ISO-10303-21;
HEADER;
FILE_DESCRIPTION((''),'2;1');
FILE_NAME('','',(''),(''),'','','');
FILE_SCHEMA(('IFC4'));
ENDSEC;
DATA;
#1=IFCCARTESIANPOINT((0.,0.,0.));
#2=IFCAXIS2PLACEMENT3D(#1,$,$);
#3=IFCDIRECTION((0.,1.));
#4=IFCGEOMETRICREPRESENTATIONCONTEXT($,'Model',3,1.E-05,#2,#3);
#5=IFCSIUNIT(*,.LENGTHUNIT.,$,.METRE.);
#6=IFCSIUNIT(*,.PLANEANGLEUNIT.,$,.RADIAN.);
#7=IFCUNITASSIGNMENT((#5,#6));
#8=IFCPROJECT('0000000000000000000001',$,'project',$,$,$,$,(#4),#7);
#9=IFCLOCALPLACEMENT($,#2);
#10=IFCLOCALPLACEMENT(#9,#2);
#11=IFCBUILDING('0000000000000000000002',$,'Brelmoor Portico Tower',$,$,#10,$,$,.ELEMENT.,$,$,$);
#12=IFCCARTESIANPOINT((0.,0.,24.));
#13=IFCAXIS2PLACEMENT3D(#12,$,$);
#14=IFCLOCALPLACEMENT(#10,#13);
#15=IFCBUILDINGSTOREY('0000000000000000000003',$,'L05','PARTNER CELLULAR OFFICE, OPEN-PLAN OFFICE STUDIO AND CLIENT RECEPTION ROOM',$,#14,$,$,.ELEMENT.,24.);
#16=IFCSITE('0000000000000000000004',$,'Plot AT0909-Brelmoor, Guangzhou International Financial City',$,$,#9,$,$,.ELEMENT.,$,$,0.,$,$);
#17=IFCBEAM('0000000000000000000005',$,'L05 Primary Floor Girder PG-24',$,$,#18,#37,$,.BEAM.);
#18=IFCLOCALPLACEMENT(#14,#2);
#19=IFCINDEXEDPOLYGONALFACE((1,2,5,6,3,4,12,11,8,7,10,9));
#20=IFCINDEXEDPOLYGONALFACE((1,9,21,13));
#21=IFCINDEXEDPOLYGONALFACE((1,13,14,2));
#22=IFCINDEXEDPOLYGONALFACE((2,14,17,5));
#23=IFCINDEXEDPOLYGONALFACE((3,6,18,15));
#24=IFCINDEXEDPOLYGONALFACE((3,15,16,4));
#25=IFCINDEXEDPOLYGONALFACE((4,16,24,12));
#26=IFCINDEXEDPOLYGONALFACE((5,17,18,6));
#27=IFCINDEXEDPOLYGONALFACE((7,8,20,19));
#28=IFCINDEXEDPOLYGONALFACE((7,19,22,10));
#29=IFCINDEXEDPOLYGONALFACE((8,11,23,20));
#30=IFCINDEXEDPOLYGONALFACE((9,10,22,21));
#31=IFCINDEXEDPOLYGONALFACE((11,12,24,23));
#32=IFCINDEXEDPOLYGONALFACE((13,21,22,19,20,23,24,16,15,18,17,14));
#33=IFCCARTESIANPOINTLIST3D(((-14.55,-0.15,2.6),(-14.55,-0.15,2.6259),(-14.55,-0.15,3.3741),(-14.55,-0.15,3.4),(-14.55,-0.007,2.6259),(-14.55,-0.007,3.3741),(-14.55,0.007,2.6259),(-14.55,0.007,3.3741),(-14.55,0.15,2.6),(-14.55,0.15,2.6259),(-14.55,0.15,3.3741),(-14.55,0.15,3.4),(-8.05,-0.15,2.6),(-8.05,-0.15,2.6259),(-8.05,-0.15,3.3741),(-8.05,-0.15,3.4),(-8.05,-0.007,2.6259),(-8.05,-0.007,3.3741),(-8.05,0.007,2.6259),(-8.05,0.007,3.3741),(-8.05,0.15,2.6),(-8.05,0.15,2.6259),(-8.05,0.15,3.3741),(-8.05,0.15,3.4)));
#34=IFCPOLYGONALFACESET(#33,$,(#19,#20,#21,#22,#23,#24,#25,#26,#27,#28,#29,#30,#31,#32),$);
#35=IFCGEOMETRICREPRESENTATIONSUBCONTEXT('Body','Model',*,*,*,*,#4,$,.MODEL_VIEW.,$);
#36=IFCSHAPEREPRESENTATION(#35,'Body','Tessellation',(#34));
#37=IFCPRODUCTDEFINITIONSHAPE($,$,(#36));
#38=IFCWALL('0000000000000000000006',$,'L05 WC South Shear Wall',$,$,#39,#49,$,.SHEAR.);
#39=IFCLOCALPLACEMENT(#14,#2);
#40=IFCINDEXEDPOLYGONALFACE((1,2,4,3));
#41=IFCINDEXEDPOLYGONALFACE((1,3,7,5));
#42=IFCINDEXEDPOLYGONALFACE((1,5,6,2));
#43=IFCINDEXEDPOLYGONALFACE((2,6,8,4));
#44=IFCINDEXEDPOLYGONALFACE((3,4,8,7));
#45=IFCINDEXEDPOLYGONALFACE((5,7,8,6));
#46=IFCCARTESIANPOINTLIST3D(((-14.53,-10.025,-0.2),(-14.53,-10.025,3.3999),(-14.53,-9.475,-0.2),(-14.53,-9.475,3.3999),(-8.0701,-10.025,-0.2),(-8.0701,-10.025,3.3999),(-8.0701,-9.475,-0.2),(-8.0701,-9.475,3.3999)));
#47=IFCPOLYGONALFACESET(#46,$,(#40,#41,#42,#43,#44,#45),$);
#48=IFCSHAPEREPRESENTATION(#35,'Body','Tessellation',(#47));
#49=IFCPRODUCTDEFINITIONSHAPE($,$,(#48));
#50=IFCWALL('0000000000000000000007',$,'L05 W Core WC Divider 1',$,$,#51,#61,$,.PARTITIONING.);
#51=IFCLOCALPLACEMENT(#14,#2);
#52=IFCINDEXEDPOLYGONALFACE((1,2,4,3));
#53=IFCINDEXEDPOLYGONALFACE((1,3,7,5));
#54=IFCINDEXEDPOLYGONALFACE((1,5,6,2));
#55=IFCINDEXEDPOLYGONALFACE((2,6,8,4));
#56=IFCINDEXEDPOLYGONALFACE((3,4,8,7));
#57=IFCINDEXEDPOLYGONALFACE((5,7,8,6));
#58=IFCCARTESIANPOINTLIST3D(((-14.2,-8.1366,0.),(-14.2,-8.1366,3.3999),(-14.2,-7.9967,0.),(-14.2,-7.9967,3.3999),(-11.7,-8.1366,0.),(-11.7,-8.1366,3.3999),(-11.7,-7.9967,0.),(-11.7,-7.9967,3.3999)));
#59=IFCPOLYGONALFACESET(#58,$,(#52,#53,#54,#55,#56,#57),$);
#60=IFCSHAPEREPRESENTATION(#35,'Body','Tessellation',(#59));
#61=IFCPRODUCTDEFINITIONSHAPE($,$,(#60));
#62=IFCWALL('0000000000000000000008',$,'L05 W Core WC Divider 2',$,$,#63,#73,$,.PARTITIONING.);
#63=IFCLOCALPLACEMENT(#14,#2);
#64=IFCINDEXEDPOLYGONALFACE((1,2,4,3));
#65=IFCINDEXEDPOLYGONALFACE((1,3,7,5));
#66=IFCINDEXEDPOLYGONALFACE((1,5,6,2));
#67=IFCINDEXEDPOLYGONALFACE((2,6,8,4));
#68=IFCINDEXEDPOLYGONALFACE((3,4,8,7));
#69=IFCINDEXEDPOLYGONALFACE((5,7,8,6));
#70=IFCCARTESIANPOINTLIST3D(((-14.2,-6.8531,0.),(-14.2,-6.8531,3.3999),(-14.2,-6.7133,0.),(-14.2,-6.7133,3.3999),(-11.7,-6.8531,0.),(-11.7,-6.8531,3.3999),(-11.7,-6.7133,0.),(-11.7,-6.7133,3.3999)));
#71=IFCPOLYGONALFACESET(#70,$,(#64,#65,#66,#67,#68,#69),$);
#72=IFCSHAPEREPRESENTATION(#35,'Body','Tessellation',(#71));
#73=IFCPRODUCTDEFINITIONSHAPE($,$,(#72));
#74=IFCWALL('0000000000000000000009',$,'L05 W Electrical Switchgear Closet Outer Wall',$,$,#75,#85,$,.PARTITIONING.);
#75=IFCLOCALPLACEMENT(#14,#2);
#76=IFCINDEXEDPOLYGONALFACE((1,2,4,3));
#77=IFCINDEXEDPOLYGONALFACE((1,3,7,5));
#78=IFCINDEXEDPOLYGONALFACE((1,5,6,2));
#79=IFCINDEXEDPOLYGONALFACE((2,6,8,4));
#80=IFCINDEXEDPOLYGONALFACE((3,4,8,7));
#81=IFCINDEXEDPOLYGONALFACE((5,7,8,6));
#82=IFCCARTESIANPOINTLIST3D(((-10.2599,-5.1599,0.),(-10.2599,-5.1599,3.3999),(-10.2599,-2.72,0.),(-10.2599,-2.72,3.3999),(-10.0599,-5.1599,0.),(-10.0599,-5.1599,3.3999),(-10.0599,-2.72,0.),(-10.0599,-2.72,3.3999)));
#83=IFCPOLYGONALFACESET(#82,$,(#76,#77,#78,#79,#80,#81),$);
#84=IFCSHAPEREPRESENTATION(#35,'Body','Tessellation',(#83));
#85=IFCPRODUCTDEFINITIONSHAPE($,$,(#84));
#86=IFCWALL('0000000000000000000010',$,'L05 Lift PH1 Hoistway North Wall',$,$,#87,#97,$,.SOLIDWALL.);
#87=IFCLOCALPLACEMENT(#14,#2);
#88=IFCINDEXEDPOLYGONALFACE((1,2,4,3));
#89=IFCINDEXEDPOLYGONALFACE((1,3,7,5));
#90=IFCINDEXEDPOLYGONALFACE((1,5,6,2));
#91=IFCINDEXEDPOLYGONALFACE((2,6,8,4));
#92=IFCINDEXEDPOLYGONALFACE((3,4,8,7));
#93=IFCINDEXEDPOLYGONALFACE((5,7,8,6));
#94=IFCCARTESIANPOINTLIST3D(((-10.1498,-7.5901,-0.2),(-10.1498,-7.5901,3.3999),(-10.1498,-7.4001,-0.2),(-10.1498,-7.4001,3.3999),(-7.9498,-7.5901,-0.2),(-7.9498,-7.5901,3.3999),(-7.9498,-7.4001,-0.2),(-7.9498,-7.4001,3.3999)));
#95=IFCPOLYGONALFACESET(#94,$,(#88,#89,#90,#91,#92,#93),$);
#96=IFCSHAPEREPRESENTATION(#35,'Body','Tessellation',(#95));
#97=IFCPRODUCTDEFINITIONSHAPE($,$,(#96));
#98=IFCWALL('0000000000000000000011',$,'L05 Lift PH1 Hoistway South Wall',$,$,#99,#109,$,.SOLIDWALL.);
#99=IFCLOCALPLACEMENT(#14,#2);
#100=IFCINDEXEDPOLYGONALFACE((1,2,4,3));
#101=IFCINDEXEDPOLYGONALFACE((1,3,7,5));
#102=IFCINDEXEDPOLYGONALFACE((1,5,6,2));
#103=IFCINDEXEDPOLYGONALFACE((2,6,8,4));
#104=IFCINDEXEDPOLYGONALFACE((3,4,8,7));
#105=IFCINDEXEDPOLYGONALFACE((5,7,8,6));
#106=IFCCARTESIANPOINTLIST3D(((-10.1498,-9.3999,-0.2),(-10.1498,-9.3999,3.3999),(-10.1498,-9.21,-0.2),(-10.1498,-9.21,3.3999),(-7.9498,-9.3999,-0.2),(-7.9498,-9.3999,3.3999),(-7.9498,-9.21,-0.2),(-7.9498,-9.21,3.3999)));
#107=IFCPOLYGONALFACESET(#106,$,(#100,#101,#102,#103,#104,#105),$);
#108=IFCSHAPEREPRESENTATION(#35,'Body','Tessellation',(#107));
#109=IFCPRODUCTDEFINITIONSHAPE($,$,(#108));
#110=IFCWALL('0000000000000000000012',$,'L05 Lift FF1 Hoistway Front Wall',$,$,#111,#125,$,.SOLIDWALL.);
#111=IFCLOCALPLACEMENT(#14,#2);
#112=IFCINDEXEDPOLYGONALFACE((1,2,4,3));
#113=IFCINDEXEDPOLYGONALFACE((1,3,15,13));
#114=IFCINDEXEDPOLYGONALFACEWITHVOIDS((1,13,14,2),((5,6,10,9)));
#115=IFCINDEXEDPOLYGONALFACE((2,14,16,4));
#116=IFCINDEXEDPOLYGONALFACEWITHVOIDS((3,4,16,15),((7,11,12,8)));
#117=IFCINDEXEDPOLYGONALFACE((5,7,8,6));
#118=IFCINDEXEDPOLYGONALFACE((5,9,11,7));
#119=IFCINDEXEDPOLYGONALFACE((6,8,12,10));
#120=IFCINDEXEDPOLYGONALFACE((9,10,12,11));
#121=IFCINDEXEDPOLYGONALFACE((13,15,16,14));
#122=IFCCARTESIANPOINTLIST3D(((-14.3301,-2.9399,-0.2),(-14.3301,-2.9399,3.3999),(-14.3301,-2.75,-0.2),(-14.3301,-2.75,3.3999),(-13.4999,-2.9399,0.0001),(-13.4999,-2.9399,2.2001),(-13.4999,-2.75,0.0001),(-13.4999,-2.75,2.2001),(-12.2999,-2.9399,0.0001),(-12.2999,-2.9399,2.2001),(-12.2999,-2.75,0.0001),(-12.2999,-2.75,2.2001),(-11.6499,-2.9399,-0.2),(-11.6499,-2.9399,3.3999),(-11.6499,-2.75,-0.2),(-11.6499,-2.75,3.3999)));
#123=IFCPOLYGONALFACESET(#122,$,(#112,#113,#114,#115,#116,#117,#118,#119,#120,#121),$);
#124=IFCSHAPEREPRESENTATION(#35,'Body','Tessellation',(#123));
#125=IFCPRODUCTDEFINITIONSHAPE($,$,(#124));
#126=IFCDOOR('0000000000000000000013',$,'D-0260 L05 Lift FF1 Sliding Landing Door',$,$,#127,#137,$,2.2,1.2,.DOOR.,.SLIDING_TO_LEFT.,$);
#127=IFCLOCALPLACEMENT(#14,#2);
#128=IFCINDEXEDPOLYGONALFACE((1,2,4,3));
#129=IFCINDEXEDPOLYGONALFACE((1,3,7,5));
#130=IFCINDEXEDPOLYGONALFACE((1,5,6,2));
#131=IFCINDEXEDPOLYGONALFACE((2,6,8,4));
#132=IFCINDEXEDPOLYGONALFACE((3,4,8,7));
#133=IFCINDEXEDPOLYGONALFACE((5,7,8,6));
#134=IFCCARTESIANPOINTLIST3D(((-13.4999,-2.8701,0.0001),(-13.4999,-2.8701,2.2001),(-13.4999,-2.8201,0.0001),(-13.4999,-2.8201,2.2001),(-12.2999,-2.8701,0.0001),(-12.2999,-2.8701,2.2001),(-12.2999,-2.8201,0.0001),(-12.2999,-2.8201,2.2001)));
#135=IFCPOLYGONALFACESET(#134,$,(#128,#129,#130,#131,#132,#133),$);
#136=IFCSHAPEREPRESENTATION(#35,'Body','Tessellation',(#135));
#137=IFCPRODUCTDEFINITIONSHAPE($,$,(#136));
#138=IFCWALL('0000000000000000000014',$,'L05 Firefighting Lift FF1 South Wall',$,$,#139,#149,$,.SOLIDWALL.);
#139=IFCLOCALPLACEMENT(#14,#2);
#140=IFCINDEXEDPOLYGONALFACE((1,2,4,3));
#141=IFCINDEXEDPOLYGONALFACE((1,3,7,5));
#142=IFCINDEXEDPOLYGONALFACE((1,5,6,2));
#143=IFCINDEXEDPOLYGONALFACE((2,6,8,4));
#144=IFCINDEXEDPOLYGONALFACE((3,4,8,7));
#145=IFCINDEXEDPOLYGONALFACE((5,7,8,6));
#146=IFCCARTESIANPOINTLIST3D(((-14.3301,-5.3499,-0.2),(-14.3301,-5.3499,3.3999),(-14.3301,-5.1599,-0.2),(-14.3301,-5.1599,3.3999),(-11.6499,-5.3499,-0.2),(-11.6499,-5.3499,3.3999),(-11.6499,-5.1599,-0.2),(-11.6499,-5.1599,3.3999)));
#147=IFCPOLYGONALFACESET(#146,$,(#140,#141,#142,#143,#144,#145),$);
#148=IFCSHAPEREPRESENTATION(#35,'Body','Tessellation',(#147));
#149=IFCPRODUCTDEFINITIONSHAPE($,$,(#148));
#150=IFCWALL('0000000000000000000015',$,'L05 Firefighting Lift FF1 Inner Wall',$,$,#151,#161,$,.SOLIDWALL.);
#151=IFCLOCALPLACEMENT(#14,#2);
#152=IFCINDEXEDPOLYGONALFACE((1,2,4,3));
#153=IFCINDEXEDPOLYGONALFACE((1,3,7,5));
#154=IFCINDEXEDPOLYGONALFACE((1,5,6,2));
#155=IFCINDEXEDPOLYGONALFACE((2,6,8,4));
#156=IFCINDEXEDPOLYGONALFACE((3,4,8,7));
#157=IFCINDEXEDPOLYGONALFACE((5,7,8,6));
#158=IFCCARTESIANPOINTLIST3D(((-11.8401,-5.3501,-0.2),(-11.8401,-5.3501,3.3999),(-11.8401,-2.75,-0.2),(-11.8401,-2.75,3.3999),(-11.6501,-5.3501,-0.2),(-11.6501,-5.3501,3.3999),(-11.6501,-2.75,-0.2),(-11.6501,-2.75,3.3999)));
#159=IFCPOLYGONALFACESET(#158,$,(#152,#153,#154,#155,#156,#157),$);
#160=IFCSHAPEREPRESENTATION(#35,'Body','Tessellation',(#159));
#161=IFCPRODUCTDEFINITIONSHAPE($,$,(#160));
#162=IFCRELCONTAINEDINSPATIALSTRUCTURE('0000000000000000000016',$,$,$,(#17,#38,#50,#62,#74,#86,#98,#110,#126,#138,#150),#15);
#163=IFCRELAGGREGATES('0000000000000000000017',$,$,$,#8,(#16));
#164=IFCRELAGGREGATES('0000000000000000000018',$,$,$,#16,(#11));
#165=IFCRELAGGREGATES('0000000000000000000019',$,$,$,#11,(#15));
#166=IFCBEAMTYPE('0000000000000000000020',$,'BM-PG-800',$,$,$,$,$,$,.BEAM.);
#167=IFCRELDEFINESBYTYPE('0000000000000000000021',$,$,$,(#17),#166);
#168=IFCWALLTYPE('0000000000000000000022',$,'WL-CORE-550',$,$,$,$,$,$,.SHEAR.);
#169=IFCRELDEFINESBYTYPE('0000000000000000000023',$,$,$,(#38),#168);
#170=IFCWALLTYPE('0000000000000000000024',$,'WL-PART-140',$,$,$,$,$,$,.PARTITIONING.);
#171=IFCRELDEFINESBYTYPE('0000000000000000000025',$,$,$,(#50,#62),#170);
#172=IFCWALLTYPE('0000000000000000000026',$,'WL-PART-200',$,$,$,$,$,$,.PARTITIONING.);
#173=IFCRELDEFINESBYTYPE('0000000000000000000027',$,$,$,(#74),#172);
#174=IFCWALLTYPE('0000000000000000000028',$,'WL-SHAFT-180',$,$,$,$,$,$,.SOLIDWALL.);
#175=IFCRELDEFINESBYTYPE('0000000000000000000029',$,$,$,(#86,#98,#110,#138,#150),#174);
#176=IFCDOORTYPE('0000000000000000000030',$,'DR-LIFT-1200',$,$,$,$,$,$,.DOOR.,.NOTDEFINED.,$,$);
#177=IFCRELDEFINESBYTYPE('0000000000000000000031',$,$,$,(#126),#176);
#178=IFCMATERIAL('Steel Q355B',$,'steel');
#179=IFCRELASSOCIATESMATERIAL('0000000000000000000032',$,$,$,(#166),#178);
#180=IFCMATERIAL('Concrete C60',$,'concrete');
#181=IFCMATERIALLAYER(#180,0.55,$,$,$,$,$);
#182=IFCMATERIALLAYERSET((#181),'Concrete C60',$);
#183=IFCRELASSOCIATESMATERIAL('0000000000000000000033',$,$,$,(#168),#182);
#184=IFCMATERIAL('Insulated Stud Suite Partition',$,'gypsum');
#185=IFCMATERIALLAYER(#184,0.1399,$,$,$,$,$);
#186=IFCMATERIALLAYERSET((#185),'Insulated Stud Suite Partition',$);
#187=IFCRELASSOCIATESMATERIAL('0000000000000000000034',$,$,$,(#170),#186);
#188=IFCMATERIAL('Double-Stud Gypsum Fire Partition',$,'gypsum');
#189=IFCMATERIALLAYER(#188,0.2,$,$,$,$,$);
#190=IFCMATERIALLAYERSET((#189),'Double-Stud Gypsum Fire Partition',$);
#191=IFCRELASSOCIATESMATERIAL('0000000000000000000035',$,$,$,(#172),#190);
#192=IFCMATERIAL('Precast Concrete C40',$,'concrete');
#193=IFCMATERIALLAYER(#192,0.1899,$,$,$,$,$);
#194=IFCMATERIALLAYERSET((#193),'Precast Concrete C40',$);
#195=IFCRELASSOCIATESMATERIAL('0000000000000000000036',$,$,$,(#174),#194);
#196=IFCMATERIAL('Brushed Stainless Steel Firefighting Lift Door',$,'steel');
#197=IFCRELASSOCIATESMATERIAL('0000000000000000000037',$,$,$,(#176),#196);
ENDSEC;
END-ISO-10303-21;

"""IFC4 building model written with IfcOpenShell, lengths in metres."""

from ifc_helpers import new_model, si_unit, direction, frame, frame_2d, origin, origin_2d, place, context, subcontext, project, spatial, rectangle, i_section, extrude, material, layer, layer_set, material_profile, profile_set, type_object, element, fill, save


model = new_model("IFC4")

# Units and contexts
model_context = context("Model", 3, precision=1e-05, world=origin(), true_north=direction((0.0, 1.0)))
body_context = subcontext(model_context, "Body", "Model", "MODEL_VIEW")
ifc_project = project(units=[si_unit("LENGTHUNIT", "METRE"), si_unit("PLANEANGLEUNIT", "RADIAN")], contexts=[model_context])

# Site, building, storey
site_placement = place(None, origin())
site = spatial("IfcSite", under=ifc_project, at=site_placement, Name="Plot AT0909-Brelmoor, Guangzhou International Financial City", CompositionType="ELEMENT", RefElevation=0.0)
building_placement = place(site_placement, origin())
building = spatial("IfcBuilding", under=site, at=building_placement, Name="Brelmoor Portico Tower", CompositionType="ELEMENT")
storey_placement = place(building_placement, frame((0.0, 0.0, 24.0)))
storey = spatial("IfcBuildingStorey", under=building, at=storey_placement, Name="L05", Description="PARTNER CELLULAR OFFICE, OPEN-PLAN OFFICE STUDIO AND CLIENT RECEPTION ROOM", CompositionType="ELEMENT", Elevation=24.0)

# Beam
ifc_material_1 = material(Name="Steel Q355B", Category="steel")
ifc_material_profile = material_profile(ifc_material_1, i_section(OverallWidth=0.3, OverallDepth=0.8, WebThickness=0.0139, FlangeThickness=0.0259, at=origin_2d()), Name="HN 800x300x14x26")
ifc_profile_set = profile_set([ifc_material_profile], Name="Steel Q355B")
beam_type = type_object("IfcBeamType", Name="BM-PG-800", PredefinedType="BEAM", material=ifc_profile_set)
beam_placement = place(storey_placement, frame((-14.55, 0.0, 3.0), z_axis=(1.0, 0.0, 0.0), x_axis=(0.0, 1.0, 0.0)))
element("IfcBeam", 1, at=beam_placement, inside=storey, type_object=beam_type, Name="L05 Primary Floor Girder PG-24", PredefinedType="BEAM", context=body_context, shape_type="SweptSolid", body=[
    extrude(i_section(OverallWidth=0.3, OverallDepth=0.8, WebThickness=0.0139, FlangeThickness=0.0259, at=origin_2d()), origin(), (0.0, 0.0, 1.0), 6.5),
])

# Walls
ifc_material_2 = material(Name="Concrete C60", Category="concrete")
ifc_layer_1 = layer(ifc_material_2, 0.55)
ifc_layer_set_1 = layer_set([ifc_layer_1], Name="Concrete C60")
wall_type_1 = type_object("IfcWallType", Name="WL-CORE-550", PredefinedType="SHEAR", material=ifc_layer_set_1)
wall_1_placement = place(storey_placement, frame((-14.53, -9.75, -0.2), z_axis=(0.0, 0.0, 1.0), x_axis=(1.0, 0.0, 0.0)))
element("IfcWall", 2, at=wall_1_placement, inside=storey, type_object=wall_type_1, Name="L05 WC South Shear Wall", PredefinedType="SHEAR", context=body_context, shape_type="SweptSolid", body=[
    extrude(rectangle(XDim=6.46, YDim=0.55, at=frame_2d((3.23, 0.0))), origin(), (0.0, 0.0, 1.0), 3.5999),
])
ifc_material_3 = material(Name="Insulated Stud Suite Partition", Category="gypsum")
ifc_layer_2 = layer(ifc_material_3, 0.1399)
ifc_layer_set_2 = layer_set([ifc_layer_2], Name="Insulated Stud Suite Partition")
wall_type_2 = type_object("IfcWallType", Name="WL-PART-140", PredefinedType="PARTITIONING", material=ifc_layer_set_2)
for number, where, z_axis, x_axis, name in (
    (3, (-11.7, -8.0667, 0.0), (0.0, 0.0, 1.0), (-1.0, 0.0, 0.0), "L05 W Core WC Divider 1"),
    (4, (-11.7, -6.7832, 0.0), (0.0, 0.0, 1.0), (-1.0, 0.0, 0.0), "L05 W Core WC Divider 2"),
):
    element("IfcWall", number, at=place(storey_placement, frame(where, z_axis=z_axis, x_axis=x_axis)), inside=storey, type_object=wall_type_2, Name=name, PredefinedType="PARTITIONING", context=body_context, shape_type="SweptSolid", body=[
        extrude(rectangle(XDim=2.5, YDim=0.1399, at=frame_2d((1.25, 0.0))), origin(), (0.0, 0.0, 1.0), 3.3999),
    ])

# Shared definitions
ifc_material_4 = material(Name="Double-Stud Gypsum Fire Partition", Category="gypsum")
ifc_layer_3 = layer(ifc_material_4, 0.2)
ifc_layer_set_3 = layer_set([ifc_layer_3], Name="Double-Stud Gypsum Fire Partition")
wall_type_3 = type_object("IfcWallType", Name="WL-PART-200", PredefinedType="PARTITIONING", material=ifc_layer_set_3)

# Walls
wall_2_placement = place(storey_placement, frame((-10.1599, -5.1599, 0.0), z_axis=(0.0, 0.0, 1.0), x_axis=(0.0, 1.0, 0.0)))
element("IfcWall", 5, at=wall_2_placement, inside=storey, type_object=wall_type_3, Name="L05 W Electrical Switchgear Closet Outer Wall", PredefinedType="PARTITIONING", context=body_context, shape_type="SweptSolid", body=[
    extrude(rectangle(XDim=2.4399, YDim=0.2, at=frame_2d((1.22, 0.0))), origin(), (0.0, 0.0, 1.0), 3.3999),
])
ifc_material_5 = material(Name="Precast Concrete C40", Category="concrete")
ifc_layer_4 = layer(ifc_material_5, 0.1899)
ifc_layer_set_4 = layer_set([ifc_layer_4], Name="Precast Concrete C40")
wall_type_4 = type_object("IfcWallType", Name="WL-SHAFT-180", PredefinedType="SOLIDWALL", material=ifc_layer_set_4)
for number, where, z_axis, x_axis, name in (
    (6, (-10.1499, -7.4951, -0.2), (0.0, 0.0, 1.0), (1.0, 0.0, 0.0), "L05 Lift PH1 Hoistway North Wall"),
    (7, (-10.1499, -9.3049, -0.2), (0.0, 0.0, 1.0), (1.0, 0.0, 0.0), "L05 Lift PH1 Hoistway South Wall"),
):
    element("IfcWall", number, at=place(storey_placement, frame(where, z_axis=z_axis, x_axis=x_axis)), inside=storey, type_object=wall_type_4, Name=name, PredefinedType="SOLIDWALL", context=body_context, shape_type="SweptSolid", body=[
        extrude(rectangle(XDim=2.2, YDim=0.1899, at=frame_2d((1.1001, 0.0))), origin(), (0.0, 0.0, 1.0), 3.5999),
    ])

# Wall, opening, door
wall_3_placement = place(storey_placement, frame((-14.3301, -2.845, -0.2), z_axis=(0.0, 0.0, 1.0), x_axis=(1.0, 0.0, 0.0)))
wall_3 = element("IfcWall", 8, at=wall_3_placement, inside=storey, type_object=wall_type_4, Name="L05 Lift FF1 Hoistway Front Wall", PredefinedType="SOLIDWALL", context=body_context, shape_type="SweptSolid", body=[
    extrude(rectangle(XDim=2.6802, YDim=0.1899, at=frame_2d((1.3401, 0.0))), origin(), (0.0, 0.0, 1.0), 3.5999),
])
opening_1_placement = place(wall_3_placement, frame((0.8301, 0.0, 0.2)))
opening_1 = element("IfcOpeningElement", 9, at=opening_1_placement, cuts=wall_3, PredefinedType="OPENING", context=body_context, shape_type="SweptSolid", body=[
    extrude(rectangle(XDim=1.2, YDim=2.2, at=frame_2d((0.6001, 1.1001))), frame((0.0, 0.105, 0.0), z_axis=(0.0, -1.0, 0.0), x_axis=(1.0, 0.0, 0.0)), (0.0, 0.0, 1.0), 0.21),
])
ifc_material_6 = material(Name="Brushed Stainless Steel Firefighting Lift Door", Category="steel")
door_type_1 = type_object("IfcDoorType", Name="DR-LIFT-1200", OperationType="NOTDEFINED", PredefinedType="DOOR", material=ifc_material_6)
door_1_placement = place(opening_1_placement, origin())
door_1 = element("IfcDoor", 10, at=door_1_placement, inside=storey, type_object=door_type_1, Name="D-0260 L05 Lift FF1 Sliding Landing Door", OperationType="SLIDING_TO_LEFT", OverallHeight=2.2, OverallWidth=1.2, PredefinedType="DOOR", context=body_context, shape_type="SweptSolid", body=[
    extrude(rectangle(XDim=1.2, YDim=2.2, at=frame_2d((0.6001, 1.1001))), frame((0.0, 0.0249, 0.0), z_axis=(0.0, -1.0, 0.0), x_axis=(1.0, 0.0, 0.0)), (0.0, 0.0, 1.0), 0.05),
])
fill(opening_1, door_1)

# Walls
wall_4_placement = place(storey_placement, frame((-14.3301, -5.2549, -0.2), z_axis=(0.0, 0.0, 1.0), x_axis=(1.0, 0.0, 0.0)))
element("IfcWall", 11, at=wall_4_placement, inside=storey, type_object=wall_type_4, Name="L05 Firefighting Lift FF1 South Wall", PredefinedType="SOLIDWALL", context=body_context, shape_type="SweptSolid", body=[
    extrude(rectangle(XDim=2.6802, YDim=0.1899, at=frame_2d((1.3401, 0.0))), origin(), (0.0, 0.0, 1.0), 3.5999),
])
wall_5_placement = place(storey_placement, frame((-11.7451, -5.3501, -0.2), z_axis=(0.0, 0.0, 1.0), x_axis=(0.0, 1.0, 0.0)))
element("IfcWall", 12, at=wall_5_placement, inside=storey, type_object=wall_type_4, Name="L05 Firefighting Lift FF1 Inner Wall", PredefinedType="SOLIDWALL", context=body_context, shape_type="SweptSolid", body=[
    extrude(rectangle(XDim=2.6001, YDim=0.1899, at=frame_2d((1.3, 0.0))), origin(), (0.0, 0.0, 1.0), 3.5999),
])

save(model, "model.ifc")
